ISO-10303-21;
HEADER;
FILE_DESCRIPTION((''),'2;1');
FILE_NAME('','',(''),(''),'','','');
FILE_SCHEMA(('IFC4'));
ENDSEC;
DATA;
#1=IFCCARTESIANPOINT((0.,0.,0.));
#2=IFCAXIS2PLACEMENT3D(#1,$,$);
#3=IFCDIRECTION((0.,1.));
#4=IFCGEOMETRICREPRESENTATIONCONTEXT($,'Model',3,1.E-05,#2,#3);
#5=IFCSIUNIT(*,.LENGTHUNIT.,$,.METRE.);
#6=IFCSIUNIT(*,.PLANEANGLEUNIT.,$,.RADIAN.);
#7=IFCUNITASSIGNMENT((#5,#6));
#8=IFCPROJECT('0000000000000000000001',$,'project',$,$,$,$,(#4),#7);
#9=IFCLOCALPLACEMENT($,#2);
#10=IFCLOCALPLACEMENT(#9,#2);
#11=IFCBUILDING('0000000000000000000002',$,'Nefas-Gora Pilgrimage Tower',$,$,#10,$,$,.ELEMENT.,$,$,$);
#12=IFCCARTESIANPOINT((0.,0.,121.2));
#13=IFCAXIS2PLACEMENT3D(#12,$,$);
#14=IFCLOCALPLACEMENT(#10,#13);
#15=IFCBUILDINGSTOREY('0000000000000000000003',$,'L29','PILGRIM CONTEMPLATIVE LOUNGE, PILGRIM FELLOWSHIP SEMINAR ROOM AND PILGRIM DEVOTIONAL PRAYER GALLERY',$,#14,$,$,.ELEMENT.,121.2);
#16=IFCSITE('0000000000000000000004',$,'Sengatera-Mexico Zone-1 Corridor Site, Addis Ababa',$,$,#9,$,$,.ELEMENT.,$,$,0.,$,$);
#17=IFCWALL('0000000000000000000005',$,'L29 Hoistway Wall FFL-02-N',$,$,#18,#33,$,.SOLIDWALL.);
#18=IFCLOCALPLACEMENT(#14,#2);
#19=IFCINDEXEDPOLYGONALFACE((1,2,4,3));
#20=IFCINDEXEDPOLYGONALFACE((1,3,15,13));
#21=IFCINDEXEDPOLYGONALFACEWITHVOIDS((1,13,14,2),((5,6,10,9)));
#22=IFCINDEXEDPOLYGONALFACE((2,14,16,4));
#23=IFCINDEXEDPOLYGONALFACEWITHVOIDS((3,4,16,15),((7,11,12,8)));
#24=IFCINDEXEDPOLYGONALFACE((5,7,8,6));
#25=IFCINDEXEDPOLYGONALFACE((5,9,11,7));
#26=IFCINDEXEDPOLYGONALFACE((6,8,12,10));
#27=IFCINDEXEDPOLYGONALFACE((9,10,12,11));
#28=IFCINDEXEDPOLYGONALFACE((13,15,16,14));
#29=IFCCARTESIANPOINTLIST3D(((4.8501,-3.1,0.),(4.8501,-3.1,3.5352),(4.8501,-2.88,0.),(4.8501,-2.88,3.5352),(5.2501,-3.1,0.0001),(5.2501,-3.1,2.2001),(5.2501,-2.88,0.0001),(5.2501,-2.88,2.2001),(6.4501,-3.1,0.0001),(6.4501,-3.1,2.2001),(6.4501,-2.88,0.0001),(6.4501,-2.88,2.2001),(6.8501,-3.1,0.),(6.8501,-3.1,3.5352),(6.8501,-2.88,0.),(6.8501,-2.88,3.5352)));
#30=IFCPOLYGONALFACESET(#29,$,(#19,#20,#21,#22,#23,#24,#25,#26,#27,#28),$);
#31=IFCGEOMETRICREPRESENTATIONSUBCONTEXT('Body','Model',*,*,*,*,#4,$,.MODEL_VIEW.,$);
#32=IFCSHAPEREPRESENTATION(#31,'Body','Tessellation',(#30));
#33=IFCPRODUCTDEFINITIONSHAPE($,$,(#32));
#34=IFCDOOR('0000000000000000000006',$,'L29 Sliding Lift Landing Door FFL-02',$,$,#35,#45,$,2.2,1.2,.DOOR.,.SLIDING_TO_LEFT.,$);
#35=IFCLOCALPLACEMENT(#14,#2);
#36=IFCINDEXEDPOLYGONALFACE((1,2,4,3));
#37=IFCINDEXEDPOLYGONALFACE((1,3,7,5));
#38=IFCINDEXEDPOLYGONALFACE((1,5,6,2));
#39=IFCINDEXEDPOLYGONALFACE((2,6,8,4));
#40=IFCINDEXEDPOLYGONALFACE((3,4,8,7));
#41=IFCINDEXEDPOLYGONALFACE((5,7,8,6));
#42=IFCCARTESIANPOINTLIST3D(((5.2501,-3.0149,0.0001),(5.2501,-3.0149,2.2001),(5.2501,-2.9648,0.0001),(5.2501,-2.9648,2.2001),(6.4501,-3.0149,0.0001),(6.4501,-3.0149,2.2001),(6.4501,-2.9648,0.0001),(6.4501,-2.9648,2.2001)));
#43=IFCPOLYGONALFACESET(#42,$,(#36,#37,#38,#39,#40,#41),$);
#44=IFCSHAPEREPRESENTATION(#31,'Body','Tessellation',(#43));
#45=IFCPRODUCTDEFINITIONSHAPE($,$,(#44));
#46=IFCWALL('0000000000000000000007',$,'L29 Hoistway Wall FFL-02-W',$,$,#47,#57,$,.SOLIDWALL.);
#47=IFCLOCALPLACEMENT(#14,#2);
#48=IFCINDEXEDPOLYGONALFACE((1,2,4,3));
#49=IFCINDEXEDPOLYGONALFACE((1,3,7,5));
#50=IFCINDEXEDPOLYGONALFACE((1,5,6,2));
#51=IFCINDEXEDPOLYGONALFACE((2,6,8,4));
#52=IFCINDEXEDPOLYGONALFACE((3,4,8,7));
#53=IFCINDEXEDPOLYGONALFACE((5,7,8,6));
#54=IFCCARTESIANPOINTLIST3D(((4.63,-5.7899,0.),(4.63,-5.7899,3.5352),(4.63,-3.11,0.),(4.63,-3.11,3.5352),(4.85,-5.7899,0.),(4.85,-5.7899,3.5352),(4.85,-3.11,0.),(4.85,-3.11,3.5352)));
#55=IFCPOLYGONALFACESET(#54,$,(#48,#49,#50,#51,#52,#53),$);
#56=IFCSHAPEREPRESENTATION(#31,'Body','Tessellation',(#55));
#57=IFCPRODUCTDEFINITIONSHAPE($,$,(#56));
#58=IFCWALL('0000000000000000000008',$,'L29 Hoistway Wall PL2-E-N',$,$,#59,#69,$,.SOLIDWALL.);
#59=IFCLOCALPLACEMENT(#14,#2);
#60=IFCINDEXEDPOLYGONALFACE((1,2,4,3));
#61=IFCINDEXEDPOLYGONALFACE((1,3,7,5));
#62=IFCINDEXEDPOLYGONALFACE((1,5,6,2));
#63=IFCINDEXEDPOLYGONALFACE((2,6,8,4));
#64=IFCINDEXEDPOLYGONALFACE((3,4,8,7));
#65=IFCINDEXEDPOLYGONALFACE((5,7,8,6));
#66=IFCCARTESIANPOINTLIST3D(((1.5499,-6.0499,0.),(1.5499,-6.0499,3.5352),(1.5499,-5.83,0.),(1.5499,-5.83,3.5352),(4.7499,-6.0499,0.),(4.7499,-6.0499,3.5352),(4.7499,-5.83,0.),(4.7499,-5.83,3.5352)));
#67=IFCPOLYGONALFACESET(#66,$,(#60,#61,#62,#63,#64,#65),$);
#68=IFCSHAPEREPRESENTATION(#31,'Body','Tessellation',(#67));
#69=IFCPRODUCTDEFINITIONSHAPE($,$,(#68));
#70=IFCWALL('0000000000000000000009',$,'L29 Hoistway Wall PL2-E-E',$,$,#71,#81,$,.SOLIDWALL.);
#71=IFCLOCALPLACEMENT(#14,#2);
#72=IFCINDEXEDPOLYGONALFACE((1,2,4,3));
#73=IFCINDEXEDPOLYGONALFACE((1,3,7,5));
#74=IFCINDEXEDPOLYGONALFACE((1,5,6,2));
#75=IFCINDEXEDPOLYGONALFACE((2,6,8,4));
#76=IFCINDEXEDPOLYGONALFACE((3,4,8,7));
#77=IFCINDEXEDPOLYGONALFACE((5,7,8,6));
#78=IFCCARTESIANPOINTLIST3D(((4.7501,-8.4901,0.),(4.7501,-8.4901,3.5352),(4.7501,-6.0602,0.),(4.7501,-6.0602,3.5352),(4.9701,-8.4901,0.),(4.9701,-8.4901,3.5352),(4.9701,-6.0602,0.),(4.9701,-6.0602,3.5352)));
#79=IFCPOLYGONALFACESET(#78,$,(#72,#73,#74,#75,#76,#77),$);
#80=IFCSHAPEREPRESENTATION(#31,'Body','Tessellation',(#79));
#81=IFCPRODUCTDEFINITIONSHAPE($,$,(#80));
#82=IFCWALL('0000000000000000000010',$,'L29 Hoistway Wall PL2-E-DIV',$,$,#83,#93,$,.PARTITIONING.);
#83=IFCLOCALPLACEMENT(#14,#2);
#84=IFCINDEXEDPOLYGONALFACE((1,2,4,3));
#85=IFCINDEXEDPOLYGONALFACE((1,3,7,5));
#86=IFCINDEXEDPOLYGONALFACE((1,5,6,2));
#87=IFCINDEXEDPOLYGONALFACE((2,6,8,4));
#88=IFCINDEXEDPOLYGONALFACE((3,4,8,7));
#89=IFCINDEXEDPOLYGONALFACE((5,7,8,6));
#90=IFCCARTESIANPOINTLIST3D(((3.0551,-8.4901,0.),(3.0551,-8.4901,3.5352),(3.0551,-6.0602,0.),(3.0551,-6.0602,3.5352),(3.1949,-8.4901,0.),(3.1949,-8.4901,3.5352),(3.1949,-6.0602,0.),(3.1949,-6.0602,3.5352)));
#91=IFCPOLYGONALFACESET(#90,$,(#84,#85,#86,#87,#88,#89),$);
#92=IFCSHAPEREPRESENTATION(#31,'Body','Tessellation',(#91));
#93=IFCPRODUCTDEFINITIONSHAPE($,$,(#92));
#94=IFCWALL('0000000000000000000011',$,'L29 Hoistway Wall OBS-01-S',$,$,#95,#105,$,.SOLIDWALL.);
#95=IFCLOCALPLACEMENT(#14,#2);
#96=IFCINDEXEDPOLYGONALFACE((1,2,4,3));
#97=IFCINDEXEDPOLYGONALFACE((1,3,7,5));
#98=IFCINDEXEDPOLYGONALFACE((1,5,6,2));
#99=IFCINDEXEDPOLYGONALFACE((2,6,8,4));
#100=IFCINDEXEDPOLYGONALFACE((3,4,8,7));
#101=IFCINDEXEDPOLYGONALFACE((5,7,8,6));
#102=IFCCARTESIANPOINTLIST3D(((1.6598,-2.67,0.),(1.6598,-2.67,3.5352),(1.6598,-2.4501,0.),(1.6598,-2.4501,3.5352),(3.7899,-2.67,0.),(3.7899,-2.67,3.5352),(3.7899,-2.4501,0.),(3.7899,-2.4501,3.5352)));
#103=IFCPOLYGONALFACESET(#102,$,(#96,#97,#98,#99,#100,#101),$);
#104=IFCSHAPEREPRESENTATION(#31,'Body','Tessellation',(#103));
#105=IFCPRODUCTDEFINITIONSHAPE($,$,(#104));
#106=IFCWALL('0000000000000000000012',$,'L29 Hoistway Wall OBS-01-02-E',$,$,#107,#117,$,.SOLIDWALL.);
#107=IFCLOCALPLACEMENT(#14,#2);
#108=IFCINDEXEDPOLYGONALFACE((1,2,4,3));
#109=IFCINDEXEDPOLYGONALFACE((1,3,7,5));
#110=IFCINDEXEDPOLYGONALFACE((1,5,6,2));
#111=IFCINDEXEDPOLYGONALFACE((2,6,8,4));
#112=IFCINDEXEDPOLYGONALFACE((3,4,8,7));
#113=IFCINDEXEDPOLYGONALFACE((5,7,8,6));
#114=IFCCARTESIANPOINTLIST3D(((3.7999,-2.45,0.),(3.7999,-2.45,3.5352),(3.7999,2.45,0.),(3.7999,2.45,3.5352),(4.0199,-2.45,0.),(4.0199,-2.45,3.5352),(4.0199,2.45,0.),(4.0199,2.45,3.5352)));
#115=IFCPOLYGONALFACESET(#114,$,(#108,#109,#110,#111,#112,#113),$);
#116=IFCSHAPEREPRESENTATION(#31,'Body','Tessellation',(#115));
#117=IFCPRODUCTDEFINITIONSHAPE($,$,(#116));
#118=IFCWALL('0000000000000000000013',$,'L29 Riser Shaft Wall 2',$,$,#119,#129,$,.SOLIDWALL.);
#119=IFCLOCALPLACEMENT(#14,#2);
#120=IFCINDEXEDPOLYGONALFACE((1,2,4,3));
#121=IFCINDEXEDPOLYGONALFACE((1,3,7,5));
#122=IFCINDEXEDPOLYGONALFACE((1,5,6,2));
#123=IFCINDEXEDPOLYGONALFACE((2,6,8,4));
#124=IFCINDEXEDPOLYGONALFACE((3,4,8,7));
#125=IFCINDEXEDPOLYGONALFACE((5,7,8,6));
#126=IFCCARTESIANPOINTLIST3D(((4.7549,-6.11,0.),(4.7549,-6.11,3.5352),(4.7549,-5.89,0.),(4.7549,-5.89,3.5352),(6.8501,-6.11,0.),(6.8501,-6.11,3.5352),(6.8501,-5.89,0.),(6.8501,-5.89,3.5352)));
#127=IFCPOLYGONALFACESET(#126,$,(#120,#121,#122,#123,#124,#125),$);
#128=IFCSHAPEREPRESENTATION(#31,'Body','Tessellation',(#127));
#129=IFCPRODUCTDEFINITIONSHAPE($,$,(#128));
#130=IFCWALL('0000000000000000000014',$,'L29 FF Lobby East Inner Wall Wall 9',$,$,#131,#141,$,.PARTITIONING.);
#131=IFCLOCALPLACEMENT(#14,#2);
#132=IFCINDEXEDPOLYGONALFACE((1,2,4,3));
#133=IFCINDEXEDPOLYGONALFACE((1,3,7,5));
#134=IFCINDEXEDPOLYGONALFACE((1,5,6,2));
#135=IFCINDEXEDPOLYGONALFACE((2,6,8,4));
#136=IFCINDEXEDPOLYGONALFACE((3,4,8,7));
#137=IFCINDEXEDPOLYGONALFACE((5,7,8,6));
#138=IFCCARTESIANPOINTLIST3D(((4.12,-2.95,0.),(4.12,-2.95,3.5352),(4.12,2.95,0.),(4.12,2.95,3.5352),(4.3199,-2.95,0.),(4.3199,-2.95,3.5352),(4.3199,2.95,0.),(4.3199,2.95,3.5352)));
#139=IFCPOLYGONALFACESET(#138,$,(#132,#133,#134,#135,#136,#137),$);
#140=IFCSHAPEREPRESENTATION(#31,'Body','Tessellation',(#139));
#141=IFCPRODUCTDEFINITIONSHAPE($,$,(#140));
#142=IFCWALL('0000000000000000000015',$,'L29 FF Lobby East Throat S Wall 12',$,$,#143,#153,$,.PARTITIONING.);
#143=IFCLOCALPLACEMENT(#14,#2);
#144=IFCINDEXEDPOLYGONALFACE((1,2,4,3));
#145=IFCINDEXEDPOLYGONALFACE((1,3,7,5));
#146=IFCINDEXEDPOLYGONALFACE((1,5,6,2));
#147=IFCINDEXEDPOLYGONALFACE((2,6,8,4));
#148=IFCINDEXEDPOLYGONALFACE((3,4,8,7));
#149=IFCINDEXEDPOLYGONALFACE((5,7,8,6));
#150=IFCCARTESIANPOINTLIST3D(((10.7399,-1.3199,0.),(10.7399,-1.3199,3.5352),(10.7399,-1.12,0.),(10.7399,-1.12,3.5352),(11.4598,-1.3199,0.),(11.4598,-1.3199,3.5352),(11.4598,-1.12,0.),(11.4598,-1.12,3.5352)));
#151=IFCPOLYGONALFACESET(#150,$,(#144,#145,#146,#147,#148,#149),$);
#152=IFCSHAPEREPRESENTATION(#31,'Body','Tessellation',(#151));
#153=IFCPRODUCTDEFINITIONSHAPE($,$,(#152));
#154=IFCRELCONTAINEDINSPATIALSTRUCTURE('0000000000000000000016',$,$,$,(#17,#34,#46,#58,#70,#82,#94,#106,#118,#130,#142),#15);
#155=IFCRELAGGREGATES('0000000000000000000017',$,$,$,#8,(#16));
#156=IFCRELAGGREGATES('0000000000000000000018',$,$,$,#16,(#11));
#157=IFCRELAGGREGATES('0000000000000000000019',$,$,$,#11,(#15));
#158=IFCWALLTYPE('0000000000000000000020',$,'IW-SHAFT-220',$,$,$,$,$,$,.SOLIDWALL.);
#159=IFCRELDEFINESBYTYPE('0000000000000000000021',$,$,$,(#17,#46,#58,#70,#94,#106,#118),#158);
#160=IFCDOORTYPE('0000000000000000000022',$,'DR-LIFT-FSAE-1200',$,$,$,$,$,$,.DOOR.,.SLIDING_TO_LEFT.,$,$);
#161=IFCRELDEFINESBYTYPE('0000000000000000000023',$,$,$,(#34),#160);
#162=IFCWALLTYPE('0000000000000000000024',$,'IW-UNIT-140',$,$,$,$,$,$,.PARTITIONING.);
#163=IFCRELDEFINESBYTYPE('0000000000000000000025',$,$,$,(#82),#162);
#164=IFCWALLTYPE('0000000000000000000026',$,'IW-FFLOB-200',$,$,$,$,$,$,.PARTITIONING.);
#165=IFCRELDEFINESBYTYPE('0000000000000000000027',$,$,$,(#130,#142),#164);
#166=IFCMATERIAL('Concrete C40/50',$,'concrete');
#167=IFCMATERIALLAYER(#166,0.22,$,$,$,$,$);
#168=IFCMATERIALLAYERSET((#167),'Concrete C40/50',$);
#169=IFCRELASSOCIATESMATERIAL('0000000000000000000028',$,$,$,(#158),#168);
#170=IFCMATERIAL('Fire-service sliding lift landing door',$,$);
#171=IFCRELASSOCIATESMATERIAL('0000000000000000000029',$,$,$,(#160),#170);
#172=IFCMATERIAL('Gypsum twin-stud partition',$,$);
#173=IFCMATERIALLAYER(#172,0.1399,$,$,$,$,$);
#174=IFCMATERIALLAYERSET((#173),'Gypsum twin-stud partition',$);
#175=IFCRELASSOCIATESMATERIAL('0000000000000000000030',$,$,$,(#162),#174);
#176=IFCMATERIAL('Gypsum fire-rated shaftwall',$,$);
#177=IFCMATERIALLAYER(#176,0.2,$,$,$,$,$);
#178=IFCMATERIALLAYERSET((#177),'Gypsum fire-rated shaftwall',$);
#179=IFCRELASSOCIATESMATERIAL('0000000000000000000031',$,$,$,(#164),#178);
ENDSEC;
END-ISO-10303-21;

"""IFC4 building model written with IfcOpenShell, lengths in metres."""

from ifc_helpers import new_model, si_unit, direction, frame, frame_2d, origin, place, context, subcontext, project, spatial, rectangle, extrude, source, transform, mapped, material, layer, layer_set, type_object, element, fill, save


model = new_model("IFC4")

# Units and contexts
model_context = context("Model", 3, precision=1e-05, world=origin(), true_north=direction((0.0, 1.0)))
body_context = subcontext(model_context, "Body", "Model", "MODEL_VIEW")
ifc_project = project(units=[si_unit("LENGTHUNIT", "METRE"), si_unit("PLANEANGLEUNIT", "RADIAN")], contexts=[model_context])

# Site, building, storey
site_placement = place(None, origin())
site = spatial("IfcSite", under=ifc_project, at=site_placement, Name="Sengatera-Mexico Zone-1 Corridor Site, Addis Ababa", CompositionType="ELEMENT", RefElevation=0.0)
building_placement = place(site_placement, origin())
building = spatial("IfcBuilding", under=site, at=building_placement, Name="Nefas-Gora Pilgrimage Tower", CompositionType="ELEMENT")
storey_placement = place(building_placement, frame((0.0, 0.0, 121.2)))
storey = spatial("IfcBuildingStorey", under=building, at=storey_placement, Name="L29", Description="PILGRIM CONTEMPLATIVE LOUNGE, PILGRIM FELLOWSHIP SEMINAR ROOM AND PILGRIM DEVOTIONAL PRAYER GALLERY", CompositionType="ELEMENT", Elevation=121.2)

# Wall, opening, door
ifc_material_1 = material(Name="Concrete C40/50", Category="concrete")
ifc_layer_1 = layer(ifc_material_1, 0.22)
ifc_layer_set_1 = layer_set([ifc_layer_1], Name="Concrete C40/50")
wall_type_1 = type_object("IfcWallType", Name="IW-SHAFT-220", PredefinedType="SOLIDWALL", material=ifc_layer_set_1)
shared_shape_1 = source(origin(), body_context, "Body", "SweptSolid", [
    extrude(rectangle(XDim=2.0, YDim=0.22, at=frame_2d((1.0, 0.0))), origin(), (0.0, 0.0, 1.0), 3.5352),
])
wall_1_placement = place(storey_placement, frame((6.8501, -2.99, 0.0), z_axis=(0.0, 0.0, 1.0), x_axis=(-1.0, 0.0, 0.0)))
wall_1 = element("IfcWall", 1, at=wall_1_placement, inside=storey, type_object=wall_type_1, Name="L29 Hoistway Wall FFL-02-N", PredefinedType="SOLIDWALL", context=body_context, shape_type="MappedRepresentation", body=[
    mapped(shared_shape_1, transform((0.0, 0.0, 0.0), x_axis=(1.0, 0.0, 0.0), y_axis=(0.0, 1.0, 0.0), z_axis=(0.0, 0.0, 1.0), scale=1.0)),
])
opening_1_placement = place(wall_1_placement, frame((0.3999, 0.0, 0.0)))
opening_1 = element("IfcOpeningElement", 2, at=opening_1_placement, cuts=wall_1, PredefinedType="OPENING", context=body_context, shape_type="SweptSolid", body=[
    extrude(rectangle(XDim=1.2, YDim=2.2, at=frame_2d((0.6001, 1.1001))), frame((0.0, 0.1199, 0.0), z_axis=(0.0, -1.0, 0.0), x_axis=(1.0, 0.0, 0.0)), (0.0, 0.0, 1.0), 0.24),
])
ifc_material_2 = material(Name="Fire-service sliding lift landing door")
door_type_1 = type_object("IfcDoorType", Name="DR-LIFT-FSAE-1200", OperationType="SLIDING_TO_LEFT", PredefinedType="DOOR", material=ifc_material_2)
shared_shape_2 = source(origin(), body_context, "Body", "SweptSolid", [
    extrude(rectangle(XDim=1.2, YDim=2.2, at=frame_2d((0.6001, 1.1001))), frame((0.0, 0.0249, 0.0), z_axis=(0.0, -1.0, 0.0), x_axis=(1.0, 0.0, 0.0)), (0.0, 0.0, 1.0), 0.05),
])
door_1_placement = place(opening_1_placement, origin())
door_1 = element("IfcDoor", 3, at=door_1_placement, inside=storey, type_object=door_type_1, Name="L29 Sliding Lift Landing Door FFL-02", OperationType="SLIDING_TO_LEFT", OverallHeight=2.2, OverallWidth=1.2, PredefinedType="DOOR", context=body_context, shape_type="MappedRepresentation", body=[
    mapped(shared_shape_2, transform((0.0, 0.0, 0.0), x_axis=(1.0, 0.0, 0.0), y_axis=(0.0, 1.0, 0.0), z_axis=(0.0, 0.0, 1.0), scale=1.0)),
])
fill(opening_1, door_1)

# Walls
shared_shape_3 = source(origin(), body_context, "Body", "SweptSolid", [
    extrude(rectangle(XDim=2.6799, YDim=0.22, at=frame_2d((1.3398, 0.0))), origin(), (0.0, 0.0, 1.0), 3.5352),
])
wall_2_placement = place(storey_placement, frame((4.74, -3.1101, 0.0), z_axis=(0.0, 0.0, 1.0), x_axis=(0.0, -1.0, 0.0)))
element("IfcWall", 4, at=wall_2_placement, inside=storey, type_object=wall_type_1, Name="L29 Hoistway Wall FFL-02-W", PredefinedType="SOLIDWALL", context=body_context, shape_type="MappedRepresentation", body=[
    mapped(shared_shape_3, transform((0.0, 0.0, 0.0), x_axis=(1.0, 0.0, 0.0), y_axis=(0.0, 1.0, 0.0), z_axis=(0.0, 0.0, 1.0), scale=1.0)),
])
shared_shape_4 = source(origin(), body_context, "Body", "SweptSolid", [
    extrude(rectangle(XDim=3.2, YDim=0.22, at=frame_2d((1.6001, 0.0))), origin(), (0.0, 0.0, 1.0), 3.5352),
])
wall_3_placement = place(storey_placement, frame((4.75, -5.9399, 0.0), z_axis=(0.0, 0.0, 1.0), x_axis=(-1.0, 0.0, 0.0)))
element("IfcWall", 5, at=wall_3_placement, inside=storey, type_object=wall_type_1, Name="L29 Hoistway Wall PL2-E-N", PredefinedType="SOLIDWALL", context=body_context, shape_type="MappedRepresentation", body=[
    mapped(shared_shape_4, transform((0.0, 0.0, 0.0), x_axis=(1.0, 0.0, 0.0), y_axis=(0.0, 1.0, 0.0), z_axis=(0.0, 0.0, 1.0), scale=1.0)),
])
shared_shape_5 = source(origin(), body_context, "Body", "SweptSolid", [
    extrude(rectangle(XDim=2.4299, YDim=0.22, at=frame_2d((1.2148, 0.0))), origin(), (0.0, 0.0, 1.0), 3.5352),
])
for number, where, z_axis, x_axis, name in (
    (6, (4.8601, -8.49, 0.0), (0.0, 0.0, 1.0), (0.0, 1.0, 0.0), "L29 Hoistway Wall PL2-E-E"),
):
    element("IfcWall", number, at=place(storey_placement, frame(where, z_axis=z_axis, x_axis=x_axis)), inside=storey, type_object=wall_type_1, Name=name, PredefinedType="SOLIDWALL", context=body_context, shape_type="MappedRepresentation", body=[
        mapped(shared_shape_5, transform((0.0, 0.0, 0.0), x_axis=(1.0, 0.0, 0.0), y_axis=(0.0, 1.0, 0.0), z_axis=(0.0, 0.0, 1.0), scale=1.0)),
    ])
ifc_material_3 = material(Name="Gypsum twin-stud partition")
ifc_layer_2 = layer(ifc_material_3, 0.1399)
ifc_layer_set_2 = layer_set([ifc_layer_2], Name="Gypsum twin-stud partition")
wall_type_2 = type_object("IfcWallType", Name="IW-UNIT-140", PredefinedType="PARTITIONING", material=ifc_layer_set_2)
shared_shape_6 = source(origin(), body_context, "Body", "SweptSolid", [
    extrude(rectangle(XDim=2.4299, YDim=0.1399, at=frame_2d((1.2148, 0.0))), origin(), (0.0, 0.0, 1.0), 3.5352),
])
wall_4_placement = place(storey_placement, frame((3.125, -8.49, 0.0), z_axis=(0.0, 0.0, 1.0), x_axis=(0.0, 1.0, 0.0)))
element("IfcWall", 7, at=wall_4_placement, inside=storey, type_object=wall_type_2, Name="L29 Hoistway Wall PL2-E-DIV", PredefinedType="PARTITIONING", context=body_context, shape_type="MappedRepresentation", body=[
    mapped(shared_shape_6, transform((0.0, 0.0, 0.0), x_axis=(1.0, 0.0, 0.0), y_axis=(0.0, 1.0, 0.0), z_axis=(0.0, 0.0, 1.0), scale=1.0)),
])
shared_shape_7 = source(origin(), body_context, "Body", "SweptSolid", [
    extrude(rectangle(XDim=2.1301, YDim=0.22, at=frame_2d((1.0649, 0.0))), origin(), (0.0, 0.0, 1.0), 3.5352),
])
wall_5_placement = place(storey_placement, frame((1.6599, -2.5601, 0.0), z_axis=(0.0, 0.0, 1.0), x_axis=(1.0, 0.0, 0.0)))
element("IfcWall", 8, at=wall_5_placement, inside=storey, type_object=wall_type_1, Name="L29 Hoistway Wall OBS-01-S", PredefinedType="SOLIDWALL", context=body_context, shape_type="MappedRepresentation", body=[
    mapped(shared_shape_7, transform((0.0, 0.0, 0.0), x_axis=(1.0, 0.0, 0.0), y_axis=(0.0, 1.0, 0.0), z_axis=(0.0, 0.0, 1.0), scale=1.0)),
])
shared_shape_8 = source(origin(), body_context, "Body", "SweptSolid", [
    extrude(rectangle(XDim=4.8999, YDim=0.22, at=frame_2d((2.45, 0.0))), origin(), (0.0, 0.0, 1.0), 3.5352),
])
wall_6_placement = place(storey_placement, frame((3.9099, -2.45, 0.0), z_axis=(0.0, 0.0, 1.0), x_axis=(0.0, 1.0, 0.0)))
element("IfcWall", 9, at=wall_6_placement, inside=storey, type_object=wall_type_1, Name="L29 Hoistway Wall OBS-01-02-E", PredefinedType="SOLIDWALL", context=body_context, shape_type="MappedRepresentation", body=[
    mapped(shared_shape_8, transform((0.0, 0.0, 0.0), x_axis=(1.0, 0.0, 0.0), y_axis=(0.0, 1.0, 0.0), z_axis=(0.0, 0.0, 1.0), scale=1.0)),
])

# Shared definitions
ifc_material_4 = material(Name="Gypsum fire-rated shaftwall")
ifc_layer_3 = layer(ifc_material_4, 0.2)
ifc_layer_set_3 = layer_set([ifc_layer_3], Name="Gypsum fire-rated shaftwall")
wall_type_3 = type_object("IfcWallType", Name="IW-FFLOB-200", PredefinedType="PARTITIONING", material=ifc_layer_set_3)

# Walls
shared_shape_9 = source(origin(), body_context, "Body", "SweptSolid", [
    extrude(rectangle(XDim=2.0952, YDim=0.22, at=frame_2d((1.0476, 0.0))), origin(), (0.0, 0.0, 1.0), 3.5352),
])
wall_7_placement = place(storey_placement, frame((4.7549, -6.0, 0.0), z_axis=(0.0, 0.0, 1.0), x_axis=(1.0, 0.0, 0.0)))
element("IfcWall", 10, at=wall_7_placement, inside=storey, type_object=wall_type_1, Name="L29 Riser Shaft Wall 2", PredefinedType="SOLIDWALL", context=body_context, shape_type="MappedRepresentation", body=[
    mapped(shared_shape_9, transform((0.0, 0.0, 0.0), x_axis=(1.0, 0.0, 0.0), y_axis=(0.0, 1.0, 0.0), z_axis=(0.0, 0.0, 1.0), scale=1.0)),
])
shared_shape_10 = source(origin(), body_context, "Body", "SweptSolid", [
    extrude(rectangle(XDim=5.8999, YDim=0.2, at=frame_2d((2.95, 0.0))), origin(), (0.0, 0.0, 1.0), 3.5352),
])
wall_8_placement = place(storey_placement, frame((4.22, -2.95, 0.0), z_axis=(0.0, 0.0, 1.0), x_axis=(0.0, 1.0, 0.0)))
element("IfcWall", 11, at=wall_8_placement, inside=storey, type_object=wall_type_3, Name="L29 FF Lobby East Inner Wall Wall 9", PredefinedType="PARTITIONING", context=body_context, shape_type="MappedRepresentation", body=[
    mapped(shared_shape_10, transform((0.0, 0.0, 0.0), x_axis=(1.0, 0.0, 0.0), y_axis=(0.0, 1.0, 0.0), z_axis=(0.0, 0.0, 1.0), scale=1.0)),
])
shared_shape_11 = source(origin(), body_context, "Body", "SweptSolid", [
    extrude(rectangle(XDim=0.72, YDim=0.2, at=frame_2d((0.3599, 0.0))), origin(), (0.0, 0.0, 1.0), 3.5352),
])
wall_9_placement = place(storey_placement, frame((10.74, -1.22, 0.0), z_axis=(0.0, 0.0, 1.0), x_axis=(1.0, 0.0, 0.0)))
element("IfcWall", 12, at=wall_9_placement, inside=storey, type_object=wall_type_3, Name="L29 FF Lobby East Throat S Wall 12", PredefinedType="PARTITIONING", context=body_context, shape_type="MappedRepresentation", body=[
    mapped(shared_shape_11, transform((0.0, 0.0, 0.0), x_axis=(1.0, 0.0, 0.0), y_axis=(0.0, 1.0, 0.0), z_axis=(0.0, 0.0, 1.0), scale=1.0)),
])

save(model, "model.ifc")
